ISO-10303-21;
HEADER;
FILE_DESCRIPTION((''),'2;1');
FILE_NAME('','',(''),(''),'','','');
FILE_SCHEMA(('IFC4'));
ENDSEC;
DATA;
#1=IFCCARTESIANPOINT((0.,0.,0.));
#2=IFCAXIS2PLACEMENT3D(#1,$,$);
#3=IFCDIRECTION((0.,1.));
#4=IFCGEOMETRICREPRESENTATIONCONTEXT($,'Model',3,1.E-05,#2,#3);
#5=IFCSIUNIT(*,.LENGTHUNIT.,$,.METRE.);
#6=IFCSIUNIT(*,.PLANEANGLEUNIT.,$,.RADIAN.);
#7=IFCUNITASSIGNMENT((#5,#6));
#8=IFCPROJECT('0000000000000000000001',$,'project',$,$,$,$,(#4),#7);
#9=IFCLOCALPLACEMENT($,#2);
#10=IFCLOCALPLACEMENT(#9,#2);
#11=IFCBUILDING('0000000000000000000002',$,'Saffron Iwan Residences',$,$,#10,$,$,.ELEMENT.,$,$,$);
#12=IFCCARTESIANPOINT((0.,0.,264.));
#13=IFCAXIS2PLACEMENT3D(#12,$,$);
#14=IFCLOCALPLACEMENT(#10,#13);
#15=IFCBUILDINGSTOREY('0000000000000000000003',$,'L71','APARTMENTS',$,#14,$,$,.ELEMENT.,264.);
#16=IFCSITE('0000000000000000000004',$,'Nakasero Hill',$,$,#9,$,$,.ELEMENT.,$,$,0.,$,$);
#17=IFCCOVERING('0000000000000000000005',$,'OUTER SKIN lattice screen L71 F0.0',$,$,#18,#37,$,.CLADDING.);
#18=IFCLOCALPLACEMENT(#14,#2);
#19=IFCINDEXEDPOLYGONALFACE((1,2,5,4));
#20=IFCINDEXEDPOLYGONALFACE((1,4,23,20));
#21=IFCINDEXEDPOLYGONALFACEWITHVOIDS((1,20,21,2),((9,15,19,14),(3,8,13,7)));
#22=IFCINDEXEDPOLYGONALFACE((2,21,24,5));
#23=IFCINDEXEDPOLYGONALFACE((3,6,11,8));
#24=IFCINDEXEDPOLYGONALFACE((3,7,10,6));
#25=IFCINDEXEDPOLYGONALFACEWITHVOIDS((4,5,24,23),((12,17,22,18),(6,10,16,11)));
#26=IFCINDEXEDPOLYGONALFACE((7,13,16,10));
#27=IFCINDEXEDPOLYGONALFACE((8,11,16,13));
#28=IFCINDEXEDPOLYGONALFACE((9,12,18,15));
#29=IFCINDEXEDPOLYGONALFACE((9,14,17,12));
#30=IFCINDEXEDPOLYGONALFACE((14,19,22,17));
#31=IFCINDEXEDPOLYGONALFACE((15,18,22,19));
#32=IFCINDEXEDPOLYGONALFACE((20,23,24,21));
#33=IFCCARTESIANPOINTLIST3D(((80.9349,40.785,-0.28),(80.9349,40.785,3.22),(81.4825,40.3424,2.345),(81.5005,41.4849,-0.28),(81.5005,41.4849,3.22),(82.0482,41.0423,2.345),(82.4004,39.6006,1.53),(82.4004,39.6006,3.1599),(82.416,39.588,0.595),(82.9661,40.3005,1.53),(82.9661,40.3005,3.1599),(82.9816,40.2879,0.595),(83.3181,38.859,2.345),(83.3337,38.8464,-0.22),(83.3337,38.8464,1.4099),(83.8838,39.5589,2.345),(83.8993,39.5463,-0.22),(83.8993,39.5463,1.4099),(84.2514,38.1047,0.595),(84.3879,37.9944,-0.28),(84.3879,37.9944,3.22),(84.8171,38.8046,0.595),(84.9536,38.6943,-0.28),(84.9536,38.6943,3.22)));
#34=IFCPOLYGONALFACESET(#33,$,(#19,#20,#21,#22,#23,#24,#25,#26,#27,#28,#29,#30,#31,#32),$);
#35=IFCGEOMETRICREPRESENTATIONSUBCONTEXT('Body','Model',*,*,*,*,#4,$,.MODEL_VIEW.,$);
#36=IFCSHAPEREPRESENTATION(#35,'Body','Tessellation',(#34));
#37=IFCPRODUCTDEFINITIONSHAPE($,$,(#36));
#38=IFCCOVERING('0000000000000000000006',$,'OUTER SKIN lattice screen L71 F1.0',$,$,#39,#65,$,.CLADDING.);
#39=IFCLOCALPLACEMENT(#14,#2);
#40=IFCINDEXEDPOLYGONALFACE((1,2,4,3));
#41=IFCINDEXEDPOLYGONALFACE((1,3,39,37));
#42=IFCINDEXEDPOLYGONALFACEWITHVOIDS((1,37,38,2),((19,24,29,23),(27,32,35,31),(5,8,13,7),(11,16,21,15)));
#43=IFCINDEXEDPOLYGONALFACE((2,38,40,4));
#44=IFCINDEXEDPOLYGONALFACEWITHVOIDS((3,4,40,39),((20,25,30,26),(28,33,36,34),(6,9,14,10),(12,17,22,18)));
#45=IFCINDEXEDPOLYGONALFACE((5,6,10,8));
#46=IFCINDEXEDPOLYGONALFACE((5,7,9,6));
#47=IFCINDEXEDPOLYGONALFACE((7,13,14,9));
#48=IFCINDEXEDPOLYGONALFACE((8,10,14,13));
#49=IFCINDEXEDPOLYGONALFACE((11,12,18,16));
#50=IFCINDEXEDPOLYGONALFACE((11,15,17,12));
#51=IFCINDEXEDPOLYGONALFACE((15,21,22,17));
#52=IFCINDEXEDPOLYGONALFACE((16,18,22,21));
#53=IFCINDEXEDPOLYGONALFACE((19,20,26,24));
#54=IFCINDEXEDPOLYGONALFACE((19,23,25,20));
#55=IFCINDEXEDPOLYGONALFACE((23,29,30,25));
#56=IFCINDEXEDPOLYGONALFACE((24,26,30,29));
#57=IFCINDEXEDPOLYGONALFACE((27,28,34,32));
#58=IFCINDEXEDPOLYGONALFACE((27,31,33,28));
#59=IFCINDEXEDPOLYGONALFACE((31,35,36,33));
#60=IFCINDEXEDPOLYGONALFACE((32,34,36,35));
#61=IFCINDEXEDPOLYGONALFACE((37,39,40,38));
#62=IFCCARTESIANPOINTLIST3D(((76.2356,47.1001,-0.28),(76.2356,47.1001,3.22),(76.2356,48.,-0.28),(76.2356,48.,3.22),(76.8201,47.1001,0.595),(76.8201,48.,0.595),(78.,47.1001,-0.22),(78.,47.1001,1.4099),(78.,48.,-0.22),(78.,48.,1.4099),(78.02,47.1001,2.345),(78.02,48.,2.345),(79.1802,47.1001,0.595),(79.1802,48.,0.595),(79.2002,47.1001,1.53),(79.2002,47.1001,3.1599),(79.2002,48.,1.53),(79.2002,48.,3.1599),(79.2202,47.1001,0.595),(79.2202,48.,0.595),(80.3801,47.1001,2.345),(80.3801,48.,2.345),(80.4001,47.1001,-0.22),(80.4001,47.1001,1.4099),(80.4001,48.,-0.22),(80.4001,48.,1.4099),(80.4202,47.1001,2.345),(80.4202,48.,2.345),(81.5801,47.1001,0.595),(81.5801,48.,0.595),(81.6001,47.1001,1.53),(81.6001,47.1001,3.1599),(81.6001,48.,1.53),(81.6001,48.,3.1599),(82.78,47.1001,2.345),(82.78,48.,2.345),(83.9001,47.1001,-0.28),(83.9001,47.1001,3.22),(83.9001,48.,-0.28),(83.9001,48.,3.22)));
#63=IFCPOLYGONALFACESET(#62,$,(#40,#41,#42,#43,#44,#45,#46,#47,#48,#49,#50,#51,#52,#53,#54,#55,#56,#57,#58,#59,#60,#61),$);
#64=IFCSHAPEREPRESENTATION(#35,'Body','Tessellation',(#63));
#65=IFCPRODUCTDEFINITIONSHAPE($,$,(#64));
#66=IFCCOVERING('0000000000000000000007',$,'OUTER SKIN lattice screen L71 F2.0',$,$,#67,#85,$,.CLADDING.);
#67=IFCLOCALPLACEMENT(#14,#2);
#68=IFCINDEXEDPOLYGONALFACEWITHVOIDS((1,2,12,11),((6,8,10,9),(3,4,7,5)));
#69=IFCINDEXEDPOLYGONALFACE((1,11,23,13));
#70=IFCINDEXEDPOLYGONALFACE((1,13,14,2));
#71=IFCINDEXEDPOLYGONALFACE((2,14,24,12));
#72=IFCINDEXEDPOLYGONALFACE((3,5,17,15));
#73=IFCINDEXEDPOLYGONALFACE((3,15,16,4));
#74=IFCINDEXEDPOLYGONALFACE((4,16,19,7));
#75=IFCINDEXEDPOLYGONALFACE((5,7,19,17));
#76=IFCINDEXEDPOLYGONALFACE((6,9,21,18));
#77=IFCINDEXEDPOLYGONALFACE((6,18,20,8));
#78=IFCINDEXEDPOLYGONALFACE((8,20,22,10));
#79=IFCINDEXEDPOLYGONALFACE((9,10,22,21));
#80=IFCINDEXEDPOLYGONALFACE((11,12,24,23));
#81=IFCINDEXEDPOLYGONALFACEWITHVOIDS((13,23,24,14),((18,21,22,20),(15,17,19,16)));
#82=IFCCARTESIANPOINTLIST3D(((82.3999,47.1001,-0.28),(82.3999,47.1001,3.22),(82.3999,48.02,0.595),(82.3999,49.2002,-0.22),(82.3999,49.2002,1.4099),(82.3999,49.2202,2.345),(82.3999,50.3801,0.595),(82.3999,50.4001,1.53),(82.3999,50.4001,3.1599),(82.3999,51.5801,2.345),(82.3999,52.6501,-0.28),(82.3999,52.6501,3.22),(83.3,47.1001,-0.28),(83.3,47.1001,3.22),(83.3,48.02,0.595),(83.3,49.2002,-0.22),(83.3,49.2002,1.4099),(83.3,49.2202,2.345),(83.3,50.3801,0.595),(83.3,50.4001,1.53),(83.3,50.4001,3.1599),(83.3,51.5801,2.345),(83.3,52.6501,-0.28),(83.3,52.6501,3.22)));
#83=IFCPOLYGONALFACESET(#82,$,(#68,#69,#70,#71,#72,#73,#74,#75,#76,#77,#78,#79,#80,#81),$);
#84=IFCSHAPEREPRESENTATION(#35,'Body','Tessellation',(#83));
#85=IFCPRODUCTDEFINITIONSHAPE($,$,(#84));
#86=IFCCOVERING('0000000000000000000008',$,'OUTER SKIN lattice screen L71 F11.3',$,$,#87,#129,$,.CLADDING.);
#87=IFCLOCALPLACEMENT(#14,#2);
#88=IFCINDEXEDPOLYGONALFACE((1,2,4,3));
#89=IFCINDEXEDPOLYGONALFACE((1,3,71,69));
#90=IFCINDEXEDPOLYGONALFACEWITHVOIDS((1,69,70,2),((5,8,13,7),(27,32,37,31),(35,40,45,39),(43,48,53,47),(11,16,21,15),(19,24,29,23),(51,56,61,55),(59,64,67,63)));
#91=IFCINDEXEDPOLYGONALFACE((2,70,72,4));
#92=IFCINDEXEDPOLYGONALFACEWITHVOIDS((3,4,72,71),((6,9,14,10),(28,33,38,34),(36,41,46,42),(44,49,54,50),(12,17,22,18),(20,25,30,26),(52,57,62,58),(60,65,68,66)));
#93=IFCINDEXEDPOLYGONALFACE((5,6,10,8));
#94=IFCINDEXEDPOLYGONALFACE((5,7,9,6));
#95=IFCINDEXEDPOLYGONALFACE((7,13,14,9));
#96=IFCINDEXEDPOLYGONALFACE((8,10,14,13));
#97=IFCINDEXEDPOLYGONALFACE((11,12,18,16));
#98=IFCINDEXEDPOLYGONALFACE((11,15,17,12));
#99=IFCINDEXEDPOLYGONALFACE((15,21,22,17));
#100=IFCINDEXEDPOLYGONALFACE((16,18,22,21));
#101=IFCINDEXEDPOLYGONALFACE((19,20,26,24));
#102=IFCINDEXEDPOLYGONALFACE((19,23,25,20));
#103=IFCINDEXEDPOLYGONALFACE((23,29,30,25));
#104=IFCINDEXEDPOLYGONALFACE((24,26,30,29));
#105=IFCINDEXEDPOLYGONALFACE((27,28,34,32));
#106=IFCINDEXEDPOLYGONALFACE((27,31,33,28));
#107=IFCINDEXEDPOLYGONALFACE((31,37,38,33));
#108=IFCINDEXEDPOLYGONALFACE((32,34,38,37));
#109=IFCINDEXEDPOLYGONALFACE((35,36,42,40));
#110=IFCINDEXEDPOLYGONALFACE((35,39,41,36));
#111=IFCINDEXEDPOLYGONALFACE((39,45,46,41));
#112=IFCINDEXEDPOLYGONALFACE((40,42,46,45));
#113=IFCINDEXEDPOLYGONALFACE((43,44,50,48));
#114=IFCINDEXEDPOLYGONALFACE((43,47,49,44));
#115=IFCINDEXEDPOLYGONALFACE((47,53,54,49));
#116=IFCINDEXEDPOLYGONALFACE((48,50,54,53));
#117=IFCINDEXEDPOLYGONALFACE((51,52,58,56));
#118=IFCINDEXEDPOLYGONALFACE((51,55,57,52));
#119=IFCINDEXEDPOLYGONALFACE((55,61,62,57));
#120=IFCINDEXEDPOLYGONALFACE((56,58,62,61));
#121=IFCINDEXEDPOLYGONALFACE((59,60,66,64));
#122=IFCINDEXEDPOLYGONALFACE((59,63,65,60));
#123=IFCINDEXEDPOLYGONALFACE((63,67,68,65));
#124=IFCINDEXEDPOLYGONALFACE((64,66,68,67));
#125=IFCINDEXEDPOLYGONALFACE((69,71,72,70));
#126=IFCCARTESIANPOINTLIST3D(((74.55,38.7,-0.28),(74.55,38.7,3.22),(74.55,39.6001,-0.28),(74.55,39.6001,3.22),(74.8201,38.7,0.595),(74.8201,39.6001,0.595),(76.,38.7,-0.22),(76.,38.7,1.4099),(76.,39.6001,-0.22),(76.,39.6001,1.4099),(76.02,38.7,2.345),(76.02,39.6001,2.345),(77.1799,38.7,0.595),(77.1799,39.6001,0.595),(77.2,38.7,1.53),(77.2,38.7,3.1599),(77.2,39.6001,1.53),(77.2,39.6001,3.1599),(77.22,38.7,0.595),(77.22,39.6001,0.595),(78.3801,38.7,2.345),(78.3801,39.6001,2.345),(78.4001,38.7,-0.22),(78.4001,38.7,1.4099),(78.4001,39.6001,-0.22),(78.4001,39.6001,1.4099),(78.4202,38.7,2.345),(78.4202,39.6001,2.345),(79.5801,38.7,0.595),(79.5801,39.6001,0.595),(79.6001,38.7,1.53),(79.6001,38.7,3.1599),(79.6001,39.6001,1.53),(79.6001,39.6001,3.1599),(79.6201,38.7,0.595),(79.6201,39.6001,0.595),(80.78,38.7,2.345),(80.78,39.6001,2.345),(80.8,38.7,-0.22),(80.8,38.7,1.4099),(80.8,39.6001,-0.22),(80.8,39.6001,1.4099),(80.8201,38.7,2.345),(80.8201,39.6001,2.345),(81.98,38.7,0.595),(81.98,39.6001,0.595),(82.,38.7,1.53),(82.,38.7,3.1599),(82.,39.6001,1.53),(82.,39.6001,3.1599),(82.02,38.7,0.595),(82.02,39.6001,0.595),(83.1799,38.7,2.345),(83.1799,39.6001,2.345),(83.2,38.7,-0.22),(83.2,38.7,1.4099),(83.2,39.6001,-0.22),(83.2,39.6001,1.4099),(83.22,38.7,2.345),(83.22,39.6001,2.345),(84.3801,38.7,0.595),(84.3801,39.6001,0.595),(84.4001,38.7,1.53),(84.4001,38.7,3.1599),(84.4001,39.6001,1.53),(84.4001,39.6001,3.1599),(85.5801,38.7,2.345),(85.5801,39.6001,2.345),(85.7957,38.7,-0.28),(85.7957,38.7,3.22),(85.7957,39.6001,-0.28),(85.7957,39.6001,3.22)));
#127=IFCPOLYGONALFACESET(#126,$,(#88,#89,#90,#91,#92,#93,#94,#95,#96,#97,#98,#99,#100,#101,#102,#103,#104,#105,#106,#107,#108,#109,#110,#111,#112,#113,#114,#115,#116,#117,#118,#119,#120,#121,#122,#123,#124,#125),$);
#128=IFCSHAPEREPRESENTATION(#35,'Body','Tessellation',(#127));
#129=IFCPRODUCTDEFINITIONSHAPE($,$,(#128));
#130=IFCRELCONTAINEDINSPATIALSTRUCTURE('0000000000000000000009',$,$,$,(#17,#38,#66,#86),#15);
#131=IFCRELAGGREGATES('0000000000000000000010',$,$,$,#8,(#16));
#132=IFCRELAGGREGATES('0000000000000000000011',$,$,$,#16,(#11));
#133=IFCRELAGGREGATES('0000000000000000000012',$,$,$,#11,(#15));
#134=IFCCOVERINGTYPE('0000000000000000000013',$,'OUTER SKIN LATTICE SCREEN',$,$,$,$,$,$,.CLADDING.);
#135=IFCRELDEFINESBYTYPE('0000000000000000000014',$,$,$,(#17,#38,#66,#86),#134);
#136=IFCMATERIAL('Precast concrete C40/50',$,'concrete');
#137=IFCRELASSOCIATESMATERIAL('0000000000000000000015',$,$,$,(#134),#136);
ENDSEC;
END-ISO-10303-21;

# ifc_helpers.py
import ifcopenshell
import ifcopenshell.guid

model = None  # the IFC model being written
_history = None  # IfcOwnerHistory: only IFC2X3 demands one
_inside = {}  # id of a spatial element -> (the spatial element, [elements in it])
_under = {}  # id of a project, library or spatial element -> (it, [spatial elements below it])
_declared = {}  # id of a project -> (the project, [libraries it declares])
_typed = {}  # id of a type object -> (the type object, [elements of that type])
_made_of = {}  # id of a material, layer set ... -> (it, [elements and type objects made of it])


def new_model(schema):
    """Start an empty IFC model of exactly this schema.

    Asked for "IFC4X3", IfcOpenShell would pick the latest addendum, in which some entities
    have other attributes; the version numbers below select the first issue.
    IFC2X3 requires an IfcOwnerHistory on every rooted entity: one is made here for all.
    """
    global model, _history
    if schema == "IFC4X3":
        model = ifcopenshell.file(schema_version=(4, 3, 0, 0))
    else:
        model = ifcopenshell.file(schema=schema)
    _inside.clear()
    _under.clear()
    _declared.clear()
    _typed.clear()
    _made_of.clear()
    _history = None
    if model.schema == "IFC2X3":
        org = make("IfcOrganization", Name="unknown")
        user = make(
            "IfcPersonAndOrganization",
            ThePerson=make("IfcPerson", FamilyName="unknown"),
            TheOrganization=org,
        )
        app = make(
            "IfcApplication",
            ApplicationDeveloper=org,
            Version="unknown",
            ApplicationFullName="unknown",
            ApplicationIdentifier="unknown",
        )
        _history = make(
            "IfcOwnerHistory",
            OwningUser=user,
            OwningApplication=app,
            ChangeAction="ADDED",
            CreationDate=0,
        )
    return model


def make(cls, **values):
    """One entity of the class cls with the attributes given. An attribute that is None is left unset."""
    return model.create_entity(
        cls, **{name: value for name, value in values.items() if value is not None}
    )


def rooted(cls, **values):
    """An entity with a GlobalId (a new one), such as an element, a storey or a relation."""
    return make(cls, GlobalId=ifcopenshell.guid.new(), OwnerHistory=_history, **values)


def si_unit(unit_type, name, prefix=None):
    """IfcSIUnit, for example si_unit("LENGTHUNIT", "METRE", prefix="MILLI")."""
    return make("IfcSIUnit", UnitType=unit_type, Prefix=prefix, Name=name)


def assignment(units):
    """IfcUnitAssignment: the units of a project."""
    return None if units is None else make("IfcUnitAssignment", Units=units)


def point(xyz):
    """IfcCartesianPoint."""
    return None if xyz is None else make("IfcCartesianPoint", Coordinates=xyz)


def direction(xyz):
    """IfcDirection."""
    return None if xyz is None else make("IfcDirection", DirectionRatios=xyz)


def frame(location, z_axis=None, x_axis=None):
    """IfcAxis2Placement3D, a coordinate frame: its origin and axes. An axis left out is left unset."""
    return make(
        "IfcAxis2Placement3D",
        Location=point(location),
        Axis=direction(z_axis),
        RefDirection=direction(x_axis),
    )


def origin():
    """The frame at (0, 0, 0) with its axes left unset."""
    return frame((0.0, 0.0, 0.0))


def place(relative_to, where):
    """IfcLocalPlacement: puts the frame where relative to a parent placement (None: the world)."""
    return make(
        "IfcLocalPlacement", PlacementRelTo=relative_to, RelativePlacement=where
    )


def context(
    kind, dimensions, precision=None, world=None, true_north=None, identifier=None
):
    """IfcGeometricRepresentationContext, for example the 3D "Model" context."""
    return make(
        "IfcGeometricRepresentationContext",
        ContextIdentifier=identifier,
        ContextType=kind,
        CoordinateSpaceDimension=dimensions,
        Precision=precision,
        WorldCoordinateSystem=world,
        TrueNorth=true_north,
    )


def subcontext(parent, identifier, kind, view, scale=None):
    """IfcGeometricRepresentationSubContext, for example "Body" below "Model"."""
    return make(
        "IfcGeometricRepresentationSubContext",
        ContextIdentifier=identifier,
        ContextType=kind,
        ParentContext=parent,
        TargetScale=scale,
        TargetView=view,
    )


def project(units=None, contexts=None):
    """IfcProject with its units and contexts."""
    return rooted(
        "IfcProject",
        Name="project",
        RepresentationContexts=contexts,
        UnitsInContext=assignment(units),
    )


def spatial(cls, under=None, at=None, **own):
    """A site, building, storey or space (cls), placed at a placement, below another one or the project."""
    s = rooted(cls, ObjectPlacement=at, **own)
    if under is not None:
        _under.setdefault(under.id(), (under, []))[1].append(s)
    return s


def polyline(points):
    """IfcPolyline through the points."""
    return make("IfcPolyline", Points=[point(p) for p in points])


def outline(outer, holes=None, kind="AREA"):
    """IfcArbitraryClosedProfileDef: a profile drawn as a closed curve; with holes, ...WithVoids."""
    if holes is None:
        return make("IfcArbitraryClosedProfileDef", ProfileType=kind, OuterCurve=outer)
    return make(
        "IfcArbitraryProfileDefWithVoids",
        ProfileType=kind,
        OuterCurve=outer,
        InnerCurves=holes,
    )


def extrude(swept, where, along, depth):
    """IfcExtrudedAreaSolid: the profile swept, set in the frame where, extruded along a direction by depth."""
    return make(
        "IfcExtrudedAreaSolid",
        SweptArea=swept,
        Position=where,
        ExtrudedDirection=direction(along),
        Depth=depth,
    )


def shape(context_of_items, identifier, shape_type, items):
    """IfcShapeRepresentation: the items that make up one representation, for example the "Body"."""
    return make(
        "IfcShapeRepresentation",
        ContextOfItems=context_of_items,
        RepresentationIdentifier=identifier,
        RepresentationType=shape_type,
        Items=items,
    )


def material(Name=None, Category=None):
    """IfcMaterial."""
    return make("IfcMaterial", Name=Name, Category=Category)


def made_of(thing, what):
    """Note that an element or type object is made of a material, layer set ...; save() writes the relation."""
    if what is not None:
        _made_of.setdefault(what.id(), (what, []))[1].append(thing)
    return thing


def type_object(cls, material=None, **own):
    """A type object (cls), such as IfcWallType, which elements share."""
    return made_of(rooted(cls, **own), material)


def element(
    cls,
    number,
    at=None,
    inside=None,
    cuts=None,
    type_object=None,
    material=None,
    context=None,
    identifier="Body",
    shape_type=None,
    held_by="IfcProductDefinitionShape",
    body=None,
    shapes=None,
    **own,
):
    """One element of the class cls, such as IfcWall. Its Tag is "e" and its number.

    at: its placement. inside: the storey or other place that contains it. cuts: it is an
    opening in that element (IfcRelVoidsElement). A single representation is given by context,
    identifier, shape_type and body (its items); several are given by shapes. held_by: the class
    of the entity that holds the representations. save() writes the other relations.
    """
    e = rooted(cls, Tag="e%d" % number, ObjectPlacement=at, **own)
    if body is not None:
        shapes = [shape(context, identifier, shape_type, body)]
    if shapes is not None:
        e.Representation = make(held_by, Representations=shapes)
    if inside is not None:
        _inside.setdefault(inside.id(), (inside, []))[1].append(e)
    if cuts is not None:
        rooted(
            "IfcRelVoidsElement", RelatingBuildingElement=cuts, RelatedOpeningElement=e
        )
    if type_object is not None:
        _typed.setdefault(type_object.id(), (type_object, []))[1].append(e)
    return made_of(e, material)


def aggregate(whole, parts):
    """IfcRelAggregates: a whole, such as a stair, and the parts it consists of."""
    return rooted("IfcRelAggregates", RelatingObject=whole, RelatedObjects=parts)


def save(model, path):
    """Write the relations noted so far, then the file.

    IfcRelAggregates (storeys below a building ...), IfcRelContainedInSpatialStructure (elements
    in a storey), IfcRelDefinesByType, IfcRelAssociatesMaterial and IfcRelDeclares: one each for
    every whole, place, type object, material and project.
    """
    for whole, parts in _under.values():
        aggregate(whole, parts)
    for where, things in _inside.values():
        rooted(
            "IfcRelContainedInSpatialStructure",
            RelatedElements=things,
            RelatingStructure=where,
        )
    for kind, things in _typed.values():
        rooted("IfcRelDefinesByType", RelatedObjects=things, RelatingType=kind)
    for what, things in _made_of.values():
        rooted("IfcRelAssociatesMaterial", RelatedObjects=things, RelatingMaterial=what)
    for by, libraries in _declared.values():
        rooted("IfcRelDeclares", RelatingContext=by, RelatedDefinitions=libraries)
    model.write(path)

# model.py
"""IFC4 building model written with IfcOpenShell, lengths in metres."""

from ifc_helpers import new_model, si_unit, direction, frame, origin, place, context, subcontext, project, spatial, polyline, outline, extrude, material, type_object, element, save


model = new_model("IFC4")

# Units and contexts
model_context = context("Model", 3, precision=1e-05, world=origin(), true_north=direction((0.0, 1.0)))
body_context = subcontext(model_context, "Body", "Model", "MODEL_VIEW")
ifc_project = project(units=[si_unit("LENGTHUNIT", "METRE"), si_unit("PLANEANGLEUNIT", "RADIAN")], contexts=[model_context])

# Site, building, storey
site_placement = place(None, origin())
site = spatial("IfcSite", under=ifc_project, at=site_placement, Name="Nakasero Hill", CompositionType="ELEMENT", RefElevation=0.0)
building_placement = place(site_placement, origin())
building = spatial("IfcBuilding", under=site, at=building_placement, Name="Saffron Iwan Residences", CompositionType="ELEMENT")
storey_placement = place(building_placement, frame((0.0, 0.0, 264.0)))
storey = spatial("IfcBuildingStorey", under=building, at=storey_placement, Name="L71", Description="APARTMENTS", CompositionType="ELEMENT", Elevation=264.0)

# Coverings
ifc_material_1 = material(Name="Precast concrete C40/50", Category="concrete")
covering_type = type_object("IfcCoveringType", Name="OUTER SKIN LATTICE SCREEN", PredefinedType="CLADDING", material=ifc_material_1)
covering_1_placement = place(storey_placement, frame((84.3879, 37.9944, -0.28), z_axis=(0.628558, 0.777763, 0.0), x_axis=(-0.777763, 0.628558, 0.0)))
element("IfcCovering", 1, at=covering_1_placement, inside=storey, type_object=covering_type, Name="OUTER SKIN lattice screen L71 F0.0", PredefinedType="CLADDING", context=body_context, shape_type="SweptSolid", body=[
    extrude(outline(polyline([(0.0, 0.0), (4.4397, 0.0), (4.4397, 3.5), (0.0, 3.5), (0.0, 0.0)]), holes=[polyline([(0.1755, 0.875), (1.3555, 0.0601), (2.5354, 0.875), (1.3555, 1.6899), (0.1755, 0.875)]), polyline([(1.3755, 2.625), (2.5554, 1.8101), (3.7356, 2.625), (2.5554, 3.4399), (1.3755, 2.625)])]), origin(), (0.0, 0.0, 1.0), 0.8999),
])
covering_2_placement = place(storey_placement, frame((76.2356, 48.0, -0.28), z_axis=(0.0, -1.0, 0.0), x_axis=(1.0, 0.0, 0.0)))
element("IfcCovering", 2, at=covering_2_placement, inside=storey, type_object=covering_type, Name="OUTER SKIN lattice screen L71 F1.0", PredefinedType="CLADDING", context=body_context, shape_type="SweptSolid", body=[
    extrude(outline(polyline([(0.0, 0.0), (7.6646, 0.0), (7.6646, 3.5), (0.0, 3.5), (0.0, 0.0)]), holes=[polyline([(0.5845, 0.875), (1.7644, 0.0601), (2.9446, 0.875), (1.7644, 1.6899), (0.5845, 0.875)]), polyline([(2.9846, 0.875), (4.1646, 0.0601), (5.3445, 0.875), (4.1646, 1.6899), (2.9846, 0.875)]), polyline([(1.7844, 2.625), (2.9646, 1.8101), (4.1445, 2.625), (2.9646, 3.4399), (1.7844, 2.625)]), polyline([(4.1846, 2.625), (5.3645, 1.8101), (6.5444, 2.625), (5.3645, 3.4399), (4.1846, 2.625)])]), origin(), (0.0, 0.0, 1.0), 0.8999),
])
covering_3_placement = place(storey_placement, frame((82.3999, 47.1001, -0.28), z_axis=(1.0, 0.0, 0.0), x_axis=(0.0, 1.0, 0.0)))
element("IfcCovering", 3, at=covering_3_placement, inside=storey, type_object=covering_type, Name="OUTER SKIN lattice screen L71 F2.0", PredefinedType="CLADDING", context=body_context, shape_type="SweptSolid", body=[
    extrude(outline(polyline([(0.0, 0.0), (5.55, 0.0), (5.55, 3.5), (0.0, 3.5), (0.0, 0.0)]), holes=[polyline([(0.9199, 0.875), (2.1001, 0.0601), (3.28, 0.875), (2.1001, 1.6899), (0.9199, 0.875)]), polyline([(2.1201, 2.625), (3.3, 1.8101), (4.48, 2.625), (3.3, 3.4399), (2.1201, 2.625)])]), origin(), (0.0, 0.0, 1.0), 0.9001),
])
covering_4_placement = place(storey_placement, frame((74.55, 39.6001, -0.28), z_axis=(0.0, -1.0, 0.0), x_axis=(1.0, 0.0, 0.0)))
element("IfcCovering", 4, at=covering_4_placement, inside=storey, type_object=covering_type, Name="OUTER SKIN lattice screen L71 F11.3", PredefinedType="CLADDING", context=body_context, shape_type="SweptSolid", body=[
    extrude(outline(polyline([(0.0, 0.0), (11.2456, 0.0), (11.2456, 3.5), (0.0, 3.5), (0.0, 0.0)]), holes=[polyline([(0.27, 0.875), (1.45, 0.0601), (2.6299, 0.875), (1.45, 1.6899), (0.27, 0.875)]), polyline([(2.6699, 0.875), (3.8501, 0.0601), (5.03, 0.875), (3.8501, 1.6899), (2.6699, 0.875)]), polyline([(5.0701, 0.875), (6.25, 0.0601), (7.4299, 0.875), (6.25, 1.6899), (5.0701, 0.875)]), polyline([(7.47, 0.875), (8.6499, 0.0601), (9.8301, 0.875), (8.6499, 1.6899), (7.47, 0.875)]), polyline([(1.47, 2.625), (2.6499, 1.8101), (3.8301, 2.625), (2.6499, 3.4399), (1.47, 2.625)]), polyline([(3.8701, 2.625), (5.05, 1.8101), (6.23, 2.625), (5.05, 3.4399), (3.8701, 2.625)]), polyline([(6.27, 2.625), (7.45, 1.8101), (8.6299, 2.625), (7.45, 3.4399), (6.27, 2.625)]), polyline([(8.6699, 2.625), (9.8501, 1.8101), (11.03, 2.625), (9.8501, 3.4399), (8.6699, 2.625)])]), origin(), (0.0, 0.0, 1.0), 0.9001),
])

save(model, "model.ifc")
